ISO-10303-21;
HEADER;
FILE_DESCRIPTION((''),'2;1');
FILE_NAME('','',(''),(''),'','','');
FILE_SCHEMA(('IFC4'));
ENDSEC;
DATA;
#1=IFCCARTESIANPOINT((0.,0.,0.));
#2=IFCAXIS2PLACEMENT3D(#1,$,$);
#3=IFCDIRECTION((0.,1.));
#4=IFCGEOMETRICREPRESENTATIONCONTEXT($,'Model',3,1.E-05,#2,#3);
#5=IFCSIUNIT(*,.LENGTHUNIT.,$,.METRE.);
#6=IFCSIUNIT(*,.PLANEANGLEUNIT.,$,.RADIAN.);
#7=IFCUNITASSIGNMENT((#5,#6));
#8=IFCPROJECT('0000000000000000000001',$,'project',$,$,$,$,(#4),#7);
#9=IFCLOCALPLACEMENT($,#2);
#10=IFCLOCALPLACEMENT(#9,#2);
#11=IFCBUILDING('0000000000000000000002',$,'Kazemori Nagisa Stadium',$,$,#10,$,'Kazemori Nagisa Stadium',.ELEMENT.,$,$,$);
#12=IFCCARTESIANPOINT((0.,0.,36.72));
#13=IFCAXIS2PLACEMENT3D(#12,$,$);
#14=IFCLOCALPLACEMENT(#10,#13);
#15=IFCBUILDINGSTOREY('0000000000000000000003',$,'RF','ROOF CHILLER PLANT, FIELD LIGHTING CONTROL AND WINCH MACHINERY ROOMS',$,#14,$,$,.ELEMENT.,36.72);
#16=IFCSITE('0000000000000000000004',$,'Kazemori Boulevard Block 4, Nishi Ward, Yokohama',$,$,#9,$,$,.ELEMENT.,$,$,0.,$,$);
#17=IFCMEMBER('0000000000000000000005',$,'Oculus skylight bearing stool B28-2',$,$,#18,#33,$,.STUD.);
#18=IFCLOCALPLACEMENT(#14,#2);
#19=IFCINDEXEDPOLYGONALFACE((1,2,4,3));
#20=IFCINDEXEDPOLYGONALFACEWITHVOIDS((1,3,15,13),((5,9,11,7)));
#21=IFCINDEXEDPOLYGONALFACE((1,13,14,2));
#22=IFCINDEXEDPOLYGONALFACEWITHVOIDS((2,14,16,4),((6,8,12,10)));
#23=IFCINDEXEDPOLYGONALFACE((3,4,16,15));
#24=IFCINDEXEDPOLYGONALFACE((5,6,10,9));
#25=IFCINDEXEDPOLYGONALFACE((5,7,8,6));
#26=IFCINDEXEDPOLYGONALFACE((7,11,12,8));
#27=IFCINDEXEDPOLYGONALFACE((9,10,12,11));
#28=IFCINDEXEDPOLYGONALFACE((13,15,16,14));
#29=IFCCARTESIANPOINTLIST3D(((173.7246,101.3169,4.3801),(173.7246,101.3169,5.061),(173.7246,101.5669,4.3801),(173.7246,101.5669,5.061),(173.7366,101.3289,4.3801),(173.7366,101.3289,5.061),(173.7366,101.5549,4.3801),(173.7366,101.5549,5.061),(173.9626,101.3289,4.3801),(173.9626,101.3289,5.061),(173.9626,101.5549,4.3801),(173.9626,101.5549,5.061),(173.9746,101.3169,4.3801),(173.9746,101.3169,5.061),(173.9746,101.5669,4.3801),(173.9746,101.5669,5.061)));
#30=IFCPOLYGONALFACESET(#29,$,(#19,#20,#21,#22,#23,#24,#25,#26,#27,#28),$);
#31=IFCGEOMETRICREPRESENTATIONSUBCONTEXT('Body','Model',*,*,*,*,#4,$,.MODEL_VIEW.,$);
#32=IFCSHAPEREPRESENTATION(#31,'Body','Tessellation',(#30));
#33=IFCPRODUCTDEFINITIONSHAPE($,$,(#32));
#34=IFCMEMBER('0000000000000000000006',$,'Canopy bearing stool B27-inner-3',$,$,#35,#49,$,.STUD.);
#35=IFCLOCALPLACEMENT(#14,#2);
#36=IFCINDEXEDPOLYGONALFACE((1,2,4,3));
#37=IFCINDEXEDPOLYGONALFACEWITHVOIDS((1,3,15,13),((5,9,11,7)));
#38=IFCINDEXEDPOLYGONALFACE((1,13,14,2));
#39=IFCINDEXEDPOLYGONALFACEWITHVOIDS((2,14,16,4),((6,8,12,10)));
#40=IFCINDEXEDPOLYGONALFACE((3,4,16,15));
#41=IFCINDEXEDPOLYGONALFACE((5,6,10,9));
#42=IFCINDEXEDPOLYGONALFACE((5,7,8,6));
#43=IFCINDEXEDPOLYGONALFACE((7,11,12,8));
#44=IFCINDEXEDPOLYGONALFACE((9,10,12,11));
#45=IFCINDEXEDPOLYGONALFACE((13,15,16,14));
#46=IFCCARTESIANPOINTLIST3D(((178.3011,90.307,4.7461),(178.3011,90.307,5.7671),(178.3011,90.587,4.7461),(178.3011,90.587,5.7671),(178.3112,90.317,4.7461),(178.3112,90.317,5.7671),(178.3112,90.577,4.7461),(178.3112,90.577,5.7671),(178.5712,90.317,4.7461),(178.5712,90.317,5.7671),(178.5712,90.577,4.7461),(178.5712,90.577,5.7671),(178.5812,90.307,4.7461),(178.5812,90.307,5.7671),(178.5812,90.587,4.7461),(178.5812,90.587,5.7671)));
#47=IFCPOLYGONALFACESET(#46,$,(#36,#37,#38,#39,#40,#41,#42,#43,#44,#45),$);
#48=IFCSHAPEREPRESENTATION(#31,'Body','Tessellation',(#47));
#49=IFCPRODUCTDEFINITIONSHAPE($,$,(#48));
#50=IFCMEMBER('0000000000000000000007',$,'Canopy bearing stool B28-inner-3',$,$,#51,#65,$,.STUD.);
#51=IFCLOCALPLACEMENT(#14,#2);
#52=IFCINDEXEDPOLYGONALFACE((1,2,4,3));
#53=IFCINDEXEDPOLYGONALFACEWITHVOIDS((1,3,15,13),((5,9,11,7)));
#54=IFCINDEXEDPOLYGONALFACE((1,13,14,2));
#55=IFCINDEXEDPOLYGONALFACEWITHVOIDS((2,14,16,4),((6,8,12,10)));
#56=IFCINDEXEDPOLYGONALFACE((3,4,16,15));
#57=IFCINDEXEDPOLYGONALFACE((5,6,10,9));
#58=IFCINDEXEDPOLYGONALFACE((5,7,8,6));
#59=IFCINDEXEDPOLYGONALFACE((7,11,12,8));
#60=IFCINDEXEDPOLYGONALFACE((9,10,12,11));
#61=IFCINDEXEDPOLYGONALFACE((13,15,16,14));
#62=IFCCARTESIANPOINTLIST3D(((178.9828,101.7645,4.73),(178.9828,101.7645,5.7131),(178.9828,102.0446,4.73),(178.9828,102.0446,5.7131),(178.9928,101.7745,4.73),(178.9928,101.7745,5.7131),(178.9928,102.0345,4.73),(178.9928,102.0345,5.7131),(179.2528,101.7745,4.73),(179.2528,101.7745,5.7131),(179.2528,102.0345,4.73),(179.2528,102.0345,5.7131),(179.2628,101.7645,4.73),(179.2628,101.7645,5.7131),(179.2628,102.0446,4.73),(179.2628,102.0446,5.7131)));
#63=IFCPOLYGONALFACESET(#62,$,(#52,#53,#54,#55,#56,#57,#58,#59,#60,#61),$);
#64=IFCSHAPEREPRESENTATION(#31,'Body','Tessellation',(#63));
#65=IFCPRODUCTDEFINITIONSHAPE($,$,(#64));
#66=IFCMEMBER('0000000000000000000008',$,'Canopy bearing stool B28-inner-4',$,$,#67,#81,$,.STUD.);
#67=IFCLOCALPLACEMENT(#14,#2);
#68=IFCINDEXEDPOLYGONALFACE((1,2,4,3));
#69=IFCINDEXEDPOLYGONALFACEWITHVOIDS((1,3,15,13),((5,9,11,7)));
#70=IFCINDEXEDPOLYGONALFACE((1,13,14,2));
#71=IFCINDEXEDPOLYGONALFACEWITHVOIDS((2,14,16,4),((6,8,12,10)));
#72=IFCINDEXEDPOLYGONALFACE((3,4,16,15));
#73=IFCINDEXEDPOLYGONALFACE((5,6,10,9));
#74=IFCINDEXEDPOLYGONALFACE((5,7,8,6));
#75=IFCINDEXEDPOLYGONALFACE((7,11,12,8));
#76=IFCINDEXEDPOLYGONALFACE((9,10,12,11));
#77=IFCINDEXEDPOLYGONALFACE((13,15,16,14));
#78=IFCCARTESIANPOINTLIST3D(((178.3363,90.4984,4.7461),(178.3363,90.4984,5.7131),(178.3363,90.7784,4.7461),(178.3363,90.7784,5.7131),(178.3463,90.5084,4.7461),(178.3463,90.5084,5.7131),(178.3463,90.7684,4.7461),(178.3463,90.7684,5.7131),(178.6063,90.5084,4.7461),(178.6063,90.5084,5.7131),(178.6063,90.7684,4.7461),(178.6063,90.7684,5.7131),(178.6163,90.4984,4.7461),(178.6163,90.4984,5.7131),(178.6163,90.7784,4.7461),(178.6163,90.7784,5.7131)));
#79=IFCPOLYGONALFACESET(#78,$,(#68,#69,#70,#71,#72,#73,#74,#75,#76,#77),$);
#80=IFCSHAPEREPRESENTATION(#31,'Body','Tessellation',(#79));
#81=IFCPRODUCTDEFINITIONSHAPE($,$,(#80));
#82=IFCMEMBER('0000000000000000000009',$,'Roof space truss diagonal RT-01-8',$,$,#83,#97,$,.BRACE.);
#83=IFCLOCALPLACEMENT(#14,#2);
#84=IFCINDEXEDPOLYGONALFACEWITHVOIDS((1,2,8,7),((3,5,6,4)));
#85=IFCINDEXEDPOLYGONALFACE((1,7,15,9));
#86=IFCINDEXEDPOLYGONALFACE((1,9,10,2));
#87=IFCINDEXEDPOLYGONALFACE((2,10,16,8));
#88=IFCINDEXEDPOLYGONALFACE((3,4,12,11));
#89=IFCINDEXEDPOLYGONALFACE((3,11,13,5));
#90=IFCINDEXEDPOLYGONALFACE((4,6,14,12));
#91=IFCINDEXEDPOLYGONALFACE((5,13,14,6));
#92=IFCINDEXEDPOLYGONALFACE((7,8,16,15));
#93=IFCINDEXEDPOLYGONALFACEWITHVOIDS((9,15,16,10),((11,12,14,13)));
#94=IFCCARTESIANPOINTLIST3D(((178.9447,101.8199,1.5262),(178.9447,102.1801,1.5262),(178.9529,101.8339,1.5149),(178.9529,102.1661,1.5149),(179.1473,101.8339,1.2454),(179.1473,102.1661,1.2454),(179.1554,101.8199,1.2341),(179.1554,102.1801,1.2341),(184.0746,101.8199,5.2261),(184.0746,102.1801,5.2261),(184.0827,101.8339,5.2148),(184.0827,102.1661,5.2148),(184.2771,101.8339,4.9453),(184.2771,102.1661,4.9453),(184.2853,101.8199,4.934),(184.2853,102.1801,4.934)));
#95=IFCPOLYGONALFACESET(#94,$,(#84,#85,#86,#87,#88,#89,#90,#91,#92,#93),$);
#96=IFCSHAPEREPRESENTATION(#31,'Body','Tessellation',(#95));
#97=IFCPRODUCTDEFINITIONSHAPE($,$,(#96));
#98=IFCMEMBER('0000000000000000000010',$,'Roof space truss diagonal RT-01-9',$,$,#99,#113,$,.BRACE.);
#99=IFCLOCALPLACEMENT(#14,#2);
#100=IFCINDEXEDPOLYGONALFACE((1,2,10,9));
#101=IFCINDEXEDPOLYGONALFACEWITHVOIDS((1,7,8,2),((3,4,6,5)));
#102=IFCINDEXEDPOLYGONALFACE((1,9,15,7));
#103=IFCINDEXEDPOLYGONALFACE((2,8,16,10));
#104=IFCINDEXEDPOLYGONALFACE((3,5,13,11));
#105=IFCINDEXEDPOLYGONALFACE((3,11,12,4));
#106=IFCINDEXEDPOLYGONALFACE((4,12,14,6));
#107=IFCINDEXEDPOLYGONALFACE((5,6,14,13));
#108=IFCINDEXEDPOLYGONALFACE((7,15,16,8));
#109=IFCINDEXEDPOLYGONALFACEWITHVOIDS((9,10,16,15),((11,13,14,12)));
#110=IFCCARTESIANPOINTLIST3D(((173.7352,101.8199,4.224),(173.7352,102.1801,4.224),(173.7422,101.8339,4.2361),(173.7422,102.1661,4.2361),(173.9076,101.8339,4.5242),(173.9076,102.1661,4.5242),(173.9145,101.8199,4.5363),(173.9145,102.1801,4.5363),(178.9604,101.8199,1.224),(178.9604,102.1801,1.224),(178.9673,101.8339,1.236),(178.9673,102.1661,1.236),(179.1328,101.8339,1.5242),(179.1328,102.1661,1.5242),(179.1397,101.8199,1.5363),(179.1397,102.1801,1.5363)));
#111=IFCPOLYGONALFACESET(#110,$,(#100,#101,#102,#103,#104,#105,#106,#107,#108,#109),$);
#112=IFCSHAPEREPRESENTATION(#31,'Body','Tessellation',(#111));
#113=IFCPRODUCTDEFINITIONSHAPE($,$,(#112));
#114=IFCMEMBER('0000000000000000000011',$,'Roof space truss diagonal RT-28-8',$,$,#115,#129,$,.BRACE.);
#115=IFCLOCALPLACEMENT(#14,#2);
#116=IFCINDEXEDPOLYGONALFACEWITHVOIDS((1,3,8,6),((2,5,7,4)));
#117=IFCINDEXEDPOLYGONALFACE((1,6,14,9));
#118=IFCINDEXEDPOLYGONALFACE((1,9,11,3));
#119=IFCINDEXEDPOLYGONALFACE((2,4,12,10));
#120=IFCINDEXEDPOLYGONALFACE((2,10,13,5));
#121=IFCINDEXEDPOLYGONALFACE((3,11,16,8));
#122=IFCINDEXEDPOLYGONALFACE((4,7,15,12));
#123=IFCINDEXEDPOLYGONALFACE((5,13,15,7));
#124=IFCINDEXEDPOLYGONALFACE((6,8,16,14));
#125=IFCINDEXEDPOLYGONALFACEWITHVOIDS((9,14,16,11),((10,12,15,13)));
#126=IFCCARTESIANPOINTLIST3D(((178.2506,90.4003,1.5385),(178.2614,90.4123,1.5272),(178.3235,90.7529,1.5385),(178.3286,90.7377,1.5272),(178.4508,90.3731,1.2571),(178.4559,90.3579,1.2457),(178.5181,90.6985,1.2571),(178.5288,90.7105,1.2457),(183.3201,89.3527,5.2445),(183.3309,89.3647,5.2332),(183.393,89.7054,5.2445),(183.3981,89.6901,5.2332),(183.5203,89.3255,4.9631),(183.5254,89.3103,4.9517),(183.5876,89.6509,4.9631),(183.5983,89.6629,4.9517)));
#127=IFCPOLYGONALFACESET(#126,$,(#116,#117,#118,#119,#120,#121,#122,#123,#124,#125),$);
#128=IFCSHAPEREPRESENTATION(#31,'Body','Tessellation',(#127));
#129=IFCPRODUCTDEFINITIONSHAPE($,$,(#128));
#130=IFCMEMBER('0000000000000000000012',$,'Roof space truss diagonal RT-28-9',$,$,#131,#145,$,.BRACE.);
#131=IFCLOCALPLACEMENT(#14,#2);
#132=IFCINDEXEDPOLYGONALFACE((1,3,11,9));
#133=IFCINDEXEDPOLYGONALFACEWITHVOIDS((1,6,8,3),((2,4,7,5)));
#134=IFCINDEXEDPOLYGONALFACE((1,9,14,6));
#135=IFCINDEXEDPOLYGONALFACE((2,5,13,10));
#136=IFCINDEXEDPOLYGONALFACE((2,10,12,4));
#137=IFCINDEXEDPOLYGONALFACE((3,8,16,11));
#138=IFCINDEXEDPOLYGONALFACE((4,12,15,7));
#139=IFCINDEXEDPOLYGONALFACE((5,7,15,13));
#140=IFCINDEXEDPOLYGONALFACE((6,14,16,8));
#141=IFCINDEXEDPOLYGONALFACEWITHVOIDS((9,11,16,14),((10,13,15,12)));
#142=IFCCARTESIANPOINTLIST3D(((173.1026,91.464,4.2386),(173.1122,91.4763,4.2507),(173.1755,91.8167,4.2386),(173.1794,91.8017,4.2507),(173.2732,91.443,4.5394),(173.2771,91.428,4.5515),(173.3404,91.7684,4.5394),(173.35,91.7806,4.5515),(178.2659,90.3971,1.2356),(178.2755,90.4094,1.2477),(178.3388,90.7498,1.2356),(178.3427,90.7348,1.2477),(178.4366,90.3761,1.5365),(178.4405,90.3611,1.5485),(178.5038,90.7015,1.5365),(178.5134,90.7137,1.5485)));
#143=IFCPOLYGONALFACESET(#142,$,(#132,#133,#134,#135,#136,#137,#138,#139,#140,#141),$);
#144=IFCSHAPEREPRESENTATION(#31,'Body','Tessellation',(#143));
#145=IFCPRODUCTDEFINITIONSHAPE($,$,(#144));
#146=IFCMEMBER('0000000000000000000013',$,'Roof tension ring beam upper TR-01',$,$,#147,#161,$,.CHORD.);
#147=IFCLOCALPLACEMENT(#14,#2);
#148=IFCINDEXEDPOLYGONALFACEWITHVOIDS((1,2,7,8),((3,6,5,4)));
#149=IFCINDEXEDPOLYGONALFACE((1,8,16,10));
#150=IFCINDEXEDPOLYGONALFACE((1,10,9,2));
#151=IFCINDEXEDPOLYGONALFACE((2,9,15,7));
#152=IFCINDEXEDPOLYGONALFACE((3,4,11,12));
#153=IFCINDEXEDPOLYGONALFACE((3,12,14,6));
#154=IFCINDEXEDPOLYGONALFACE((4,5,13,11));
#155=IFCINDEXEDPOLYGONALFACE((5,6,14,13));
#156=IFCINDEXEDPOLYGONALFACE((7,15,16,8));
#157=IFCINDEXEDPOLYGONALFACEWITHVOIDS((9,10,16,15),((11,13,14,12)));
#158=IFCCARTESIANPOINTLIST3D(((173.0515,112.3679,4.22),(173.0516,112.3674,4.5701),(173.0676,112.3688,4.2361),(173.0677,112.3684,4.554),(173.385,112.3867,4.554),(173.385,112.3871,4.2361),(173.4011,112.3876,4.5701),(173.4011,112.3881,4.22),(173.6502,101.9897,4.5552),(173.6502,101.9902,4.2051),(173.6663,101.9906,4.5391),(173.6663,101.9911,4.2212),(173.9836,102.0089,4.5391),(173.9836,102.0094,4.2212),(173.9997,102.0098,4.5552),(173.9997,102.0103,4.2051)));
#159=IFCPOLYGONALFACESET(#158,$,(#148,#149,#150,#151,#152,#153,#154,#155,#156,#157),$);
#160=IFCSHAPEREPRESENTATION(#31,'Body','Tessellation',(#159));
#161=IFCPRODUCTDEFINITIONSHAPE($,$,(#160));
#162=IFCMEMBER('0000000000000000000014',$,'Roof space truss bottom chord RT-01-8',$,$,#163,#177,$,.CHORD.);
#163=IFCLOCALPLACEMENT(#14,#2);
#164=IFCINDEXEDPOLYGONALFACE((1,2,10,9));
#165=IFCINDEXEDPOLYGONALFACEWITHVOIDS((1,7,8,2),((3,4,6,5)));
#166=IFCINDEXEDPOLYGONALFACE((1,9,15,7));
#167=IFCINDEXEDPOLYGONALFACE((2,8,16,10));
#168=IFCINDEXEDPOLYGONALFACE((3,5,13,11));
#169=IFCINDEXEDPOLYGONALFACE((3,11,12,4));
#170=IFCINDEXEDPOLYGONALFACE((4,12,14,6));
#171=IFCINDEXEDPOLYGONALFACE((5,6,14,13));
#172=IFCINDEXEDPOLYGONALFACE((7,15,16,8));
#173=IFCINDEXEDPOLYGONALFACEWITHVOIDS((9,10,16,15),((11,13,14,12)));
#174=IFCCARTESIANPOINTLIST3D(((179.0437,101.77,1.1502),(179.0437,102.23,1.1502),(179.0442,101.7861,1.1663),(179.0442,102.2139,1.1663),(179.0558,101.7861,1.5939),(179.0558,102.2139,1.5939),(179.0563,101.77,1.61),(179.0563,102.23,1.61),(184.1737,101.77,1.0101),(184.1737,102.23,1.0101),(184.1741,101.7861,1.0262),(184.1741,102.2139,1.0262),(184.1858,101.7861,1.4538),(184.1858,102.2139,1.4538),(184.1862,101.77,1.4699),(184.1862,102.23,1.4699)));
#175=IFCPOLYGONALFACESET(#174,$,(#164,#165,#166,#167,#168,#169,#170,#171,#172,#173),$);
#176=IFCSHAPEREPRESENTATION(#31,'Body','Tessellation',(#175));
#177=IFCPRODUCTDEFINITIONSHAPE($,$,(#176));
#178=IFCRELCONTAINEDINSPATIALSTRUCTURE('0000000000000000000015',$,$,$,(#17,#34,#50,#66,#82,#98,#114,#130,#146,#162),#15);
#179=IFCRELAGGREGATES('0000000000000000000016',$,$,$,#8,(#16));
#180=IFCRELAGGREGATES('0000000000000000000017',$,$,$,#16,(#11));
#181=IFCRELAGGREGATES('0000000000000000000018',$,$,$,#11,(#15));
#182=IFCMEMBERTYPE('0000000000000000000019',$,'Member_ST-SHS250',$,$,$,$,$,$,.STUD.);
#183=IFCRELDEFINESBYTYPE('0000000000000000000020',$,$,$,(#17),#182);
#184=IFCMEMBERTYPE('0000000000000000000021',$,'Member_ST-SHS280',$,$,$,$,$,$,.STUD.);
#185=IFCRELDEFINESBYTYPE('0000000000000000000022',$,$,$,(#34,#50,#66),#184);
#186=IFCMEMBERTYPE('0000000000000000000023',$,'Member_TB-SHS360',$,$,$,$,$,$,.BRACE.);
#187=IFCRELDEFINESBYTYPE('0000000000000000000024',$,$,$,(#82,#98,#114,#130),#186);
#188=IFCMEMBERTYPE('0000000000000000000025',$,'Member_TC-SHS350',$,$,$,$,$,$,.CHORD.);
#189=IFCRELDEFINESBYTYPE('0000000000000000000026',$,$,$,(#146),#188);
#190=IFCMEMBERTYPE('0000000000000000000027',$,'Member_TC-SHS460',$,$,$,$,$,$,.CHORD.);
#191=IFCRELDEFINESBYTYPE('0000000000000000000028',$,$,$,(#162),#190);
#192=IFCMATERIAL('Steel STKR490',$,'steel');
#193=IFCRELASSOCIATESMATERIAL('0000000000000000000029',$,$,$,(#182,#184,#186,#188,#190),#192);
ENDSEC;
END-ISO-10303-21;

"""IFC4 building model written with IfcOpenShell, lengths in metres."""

from ifc_helpers import new_model, si_unit, direction, frame, origin, origin_2d, place, context, subcontext, project, spatial, hollow_rectangle, extrude, material, material_profile, profile_set, type_object, element, save


model = new_model("IFC4")

# Units and contexts
model_context = context("Model", 3, precision=1e-05, world=origin(), true_north=direction((0.0, 1.0)))
body_context = subcontext(model_context, "Body", "Model", "MODEL_VIEW")
ifc_project = project(units=[si_unit("LENGTHUNIT", "METRE"), si_unit("PLANEANGLEUNIT", "RADIAN")], contexts=[model_context])

# Site, building, storey
site_placement = place(None, origin())
site = spatial("IfcSite", under=ifc_project, at=site_placement, Name="Kazemori Boulevard Block 4, Nishi Ward, Yokohama", CompositionType="ELEMENT", RefElevation=0.0)
building_placement = place(site_placement, origin())
building = spatial("IfcBuilding", under=site, at=building_placement, Name="Kazemori Nagisa Stadium", LongName="Kazemori Nagisa Stadium", CompositionType="ELEMENT")
storey_placement = place(building_placement, frame((0.0, 0.0, 36.72)))
storey = spatial("IfcBuildingStorey", under=building, at=storey_placement, Name="RF", Description="ROOF CHILLER PLANT, FIELD LIGHTING CONTROL AND WINCH MACHINERY ROOMS", CompositionType="ELEMENT", Elevation=36.72)

# Members
ifc_material_1 = material(Name="Steel STKR490", Category="steel")
ifc_material_profile_1 = material_profile(ifc_material_1, hollow_rectangle(XDim=0.25, YDim=0.25, WallThickness=0.012, at=origin_2d()), Name="SHS-250x250x12")
ifc_profile_set_1 = profile_set([ifc_material_profile_1], Name="Steel STKR490")
member_type_1 = type_object("IfcMemberType", Name="Member_ST-SHS250", PredefinedType="STUD", material=ifc_profile_set_1)
member_1_placement = place(storey_placement, frame((173.8496, 101.4419, 4.3801), z_axis=(0.0, 0.0, 1.0), x_axis=(1.0, 0.0, 0.0)))
element("IfcMember", 1, at=member_1_placement, inside=storey, type_object=member_type_1, Name="Oculus skylight bearing stool B28-2", PredefinedType="STUD", context=body_context, shape_type="SweptSolid", body=[
    extrude(hollow_rectangle(XDim=0.25, YDim=0.25, WallThickness=0.012, at=origin_2d()), origin(), (0.0, 0.0, 1.0), 0.6809),
])
ifc_material_profile_2 = material_profile(ifc_material_1, hollow_rectangle(XDim=0.28, YDim=0.28, WallThickness=0.01, at=origin_2d()), Name="SHS-280x280x10")
ifc_profile_set_2 = profile_set([ifc_material_profile_2], Name="Steel STKR490")
member_type_2 = type_object("IfcMemberType", Name="Member_ST-SHS280", PredefinedType="STUD", material=ifc_profile_set_2)
member_2_placement = place(storey_placement, frame((178.4412, 90.447, 4.7461), z_axis=(0.0, 0.0, 1.0), x_axis=(1.0, 0.0, 0.0)))
element("IfcMember", 2, at=member_2_placement, inside=storey, type_object=member_type_2, Name="Canopy bearing stool B27-inner-3", PredefinedType="STUD", context=body_context, shape_type="SweptSolid", body=[
    extrude(hollow_rectangle(XDim=0.28, YDim=0.28, WallThickness=0.01, at=origin_2d()), origin(), (0.0, 0.0, 1.0), 1.021),
])
member_3_placement = place(storey_placement, frame((179.1228, 101.9045, 4.73), z_axis=(0.0, 0.0, 1.0), x_axis=(1.0, 0.0, 0.0)))
element("IfcMember", 3, at=member_3_placement, inside=storey, type_object=member_type_2, Name="Canopy bearing stool B28-inner-3", PredefinedType="STUD", context=body_context, shape_type="SweptSolid", body=[
    extrude(hollow_rectangle(XDim=0.28, YDim=0.28, WallThickness=0.01, at=origin_2d()), origin(), (0.0, 0.0, 1.0), 0.9832),
])
member_4_placement = place(storey_placement, frame((178.4763, 90.6384, 4.7461), z_axis=(0.0, 0.0, 1.0), x_axis=(1.0, 0.0, 0.0)))
element("IfcMember", 4, at=member_4_placement, inside=storey, type_object=member_type_2, Name="Canopy bearing stool B28-inner-4", PredefinedType="STUD", context=body_context, shape_type="SweptSolid", body=[
    extrude(hollow_rectangle(XDim=0.28, YDim=0.28, WallThickness=0.01, at=origin_2d()), origin(), (0.0, 0.0, 1.0), 0.967),
])
ifc_material_profile_3 = material_profile(ifc_material_1, hollow_rectangle(XDim=0.3601, YDim=0.3601, WallThickness=0.0139, at=origin_2d()), Name="SHS-360x360x14")
ifc_profile_set_3 = profile_set([ifc_material_profile_3], Name="Steel STKR490")
member_type_3 = type_object("IfcMemberType", Name="Member_TB-SHS360", PredefinedType="BRACE", material=ifc_profile_set_3)
member_5_placement = place(storey_placement, frame((184.1799, 102.0, 5.0801), z_axis=(-0.811052, 0.0, -0.584975), x_axis=(0.0, -1.0, 0.0)))
element("IfcMember", 5, at=member_5_placement, inside=storey, type_object=member_type_3, Name="Roof space truss diagonal RT-01-8", PredefinedType="BRACE", context=body_context, shape_type="SweptSolid", body=[
    extrude(hollow_rectangle(XDim=0.3601, YDim=0.3601, WallThickness=0.0139, at=origin_2d()), origin(), (0.0, 0.0, 1.0), 6.325),
])
member_6_placement = place(storey_placement, frame((179.05, 102.0, 1.3801), z_axis=(-0.867224, 0.0, 0.497918), x_axis=(0.0, -1.0, 0.0)))
element("IfcMember", 6, at=member_6_placement, inside=storey, type_object=member_type_3, Name="Roof space truss diagonal RT-01-9", PredefinedType="BRACE", context=body_context, shape_type="SweptSolid", body=[
    extrude(hollow_rectangle(XDim=0.3601, YDim=0.3601, WallThickness=0.0139, at=origin_2d()), origin(), (0.0, 0.0, 1.0), 6.0251),
])
member_7_placement = place(storey_placement, frame((183.4592, 89.5078, 5.0981), z_axis=(-0.796284, 0.164549, -0.582113), x_axis=(-0.20237, -0.979309, 0.0)))
element("IfcMember", 7, at=member_7_placement, inside=storey, type_object=member_type_3, Name="Roof space truss diagonal RT-28-8", PredefinedType="BRACE", context=body_context, shape_type="SweptSolid", body=[
    extrude(hollow_rectangle(XDim=0.3601, YDim=0.3601, WallThickness=0.0139, at=origin_2d()), origin(), (0.0, 0.0, 1.0), 6.3665),
])
member_8_placement = place(storey_placement, frame((178.3896, 90.5554, 1.3921), z_axis=(-0.850967, 0.175835, 0.494912), x_axis=(-0.202354, -0.979312, 0.0)))
element("IfcMember", 8, at=member_8_placement, inside=storey, type_object=member_type_3, Name="Roof space truss diagonal RT-28-9", PredefinedType="BRACE", context=body_context, shape_type="SweptSolid", body=[
    extrude(hollow_rectangle(XDim=0.3601, YDim=0.3601, WallThickness=0.0139, at=origin_2d()), origin(), (0.0, 0.0, 1.0), 6.0676),
])
ifc_material_profile_4 = material_profile(ifc_material_1, hollow_rectangle(XDim=0.3501, YDim=0.3501, WallThickness=0.0161, at=origin_2d()), Name="SHS-350x350x16")
ifc_profile_set_4 = profile_set([ifc_material_profile_4], Name="Steel STKR490")
member_type_4 = type_object("IfcMemberType", Name="Member_TC-SHS350", PredefinedType="CHORD", material=ifc_profile_set_4)
member_9_placement = place(storey_placement, frame((173.825, 102.0, 4.3801), z_axis=(-0.057589, 0.998339, 0.001433), x_axis=(-0.99834, -0.057589, 0.0)))
element("IfcMember", 9, at=member_9_placement, inside=storey, type_object=member_type_4, Name="Roof tension ring beam upper TR-01", PredefinedType="CHORD", context=body_context, shape_type="SweptSolid", body=[
    extrude(hollow_rectangle(XDim=0.3501, YDim=0.3501, WallThickness=0.0161, at=origin_2d()), origin(), (0.0, 0.0, 1.0), 10.395),
])
ifc_material_profile_5 = material_profile(ifc_material_1, hollow_rectangle(XDim=0.46, YDim=0.46, WallThickness=0.0161, at=origin_2d()), Name="SHS-460x460x16")
ifc_profile_set_5 = profile_set([ifc_material_profile_5], Name="Steel STKR490")
member_type_5 = type_object("IfcMemberType", Name="Member_TC-SHS460", PredefinedType="CHORD", material=ifc_profile_set_5)
member_10_placement = place(storey_placement, frame((184.1799, 102.0, 1.24), z_axis=(-0.999627, 0.0, 0.027308), x_axis=(0.0, -1.0, 0.0)))
element("IfcMember", 10, at=member_10_placement, inside=storey, type_object=member_type_5, Name="Roof space truss bottom chord RT-01-8", PredefinedType="CHORD", context=body_context, shape_type="SweptSolid", body=[
    extrude(hollow_rectangle(XDim=0.46, YDim=0.46, WallThickness=0.0161, at=origin_2d()), origin(), (0.0, 0.0, 1.0), 5.1318),
])

save(model, "model.ifc")
